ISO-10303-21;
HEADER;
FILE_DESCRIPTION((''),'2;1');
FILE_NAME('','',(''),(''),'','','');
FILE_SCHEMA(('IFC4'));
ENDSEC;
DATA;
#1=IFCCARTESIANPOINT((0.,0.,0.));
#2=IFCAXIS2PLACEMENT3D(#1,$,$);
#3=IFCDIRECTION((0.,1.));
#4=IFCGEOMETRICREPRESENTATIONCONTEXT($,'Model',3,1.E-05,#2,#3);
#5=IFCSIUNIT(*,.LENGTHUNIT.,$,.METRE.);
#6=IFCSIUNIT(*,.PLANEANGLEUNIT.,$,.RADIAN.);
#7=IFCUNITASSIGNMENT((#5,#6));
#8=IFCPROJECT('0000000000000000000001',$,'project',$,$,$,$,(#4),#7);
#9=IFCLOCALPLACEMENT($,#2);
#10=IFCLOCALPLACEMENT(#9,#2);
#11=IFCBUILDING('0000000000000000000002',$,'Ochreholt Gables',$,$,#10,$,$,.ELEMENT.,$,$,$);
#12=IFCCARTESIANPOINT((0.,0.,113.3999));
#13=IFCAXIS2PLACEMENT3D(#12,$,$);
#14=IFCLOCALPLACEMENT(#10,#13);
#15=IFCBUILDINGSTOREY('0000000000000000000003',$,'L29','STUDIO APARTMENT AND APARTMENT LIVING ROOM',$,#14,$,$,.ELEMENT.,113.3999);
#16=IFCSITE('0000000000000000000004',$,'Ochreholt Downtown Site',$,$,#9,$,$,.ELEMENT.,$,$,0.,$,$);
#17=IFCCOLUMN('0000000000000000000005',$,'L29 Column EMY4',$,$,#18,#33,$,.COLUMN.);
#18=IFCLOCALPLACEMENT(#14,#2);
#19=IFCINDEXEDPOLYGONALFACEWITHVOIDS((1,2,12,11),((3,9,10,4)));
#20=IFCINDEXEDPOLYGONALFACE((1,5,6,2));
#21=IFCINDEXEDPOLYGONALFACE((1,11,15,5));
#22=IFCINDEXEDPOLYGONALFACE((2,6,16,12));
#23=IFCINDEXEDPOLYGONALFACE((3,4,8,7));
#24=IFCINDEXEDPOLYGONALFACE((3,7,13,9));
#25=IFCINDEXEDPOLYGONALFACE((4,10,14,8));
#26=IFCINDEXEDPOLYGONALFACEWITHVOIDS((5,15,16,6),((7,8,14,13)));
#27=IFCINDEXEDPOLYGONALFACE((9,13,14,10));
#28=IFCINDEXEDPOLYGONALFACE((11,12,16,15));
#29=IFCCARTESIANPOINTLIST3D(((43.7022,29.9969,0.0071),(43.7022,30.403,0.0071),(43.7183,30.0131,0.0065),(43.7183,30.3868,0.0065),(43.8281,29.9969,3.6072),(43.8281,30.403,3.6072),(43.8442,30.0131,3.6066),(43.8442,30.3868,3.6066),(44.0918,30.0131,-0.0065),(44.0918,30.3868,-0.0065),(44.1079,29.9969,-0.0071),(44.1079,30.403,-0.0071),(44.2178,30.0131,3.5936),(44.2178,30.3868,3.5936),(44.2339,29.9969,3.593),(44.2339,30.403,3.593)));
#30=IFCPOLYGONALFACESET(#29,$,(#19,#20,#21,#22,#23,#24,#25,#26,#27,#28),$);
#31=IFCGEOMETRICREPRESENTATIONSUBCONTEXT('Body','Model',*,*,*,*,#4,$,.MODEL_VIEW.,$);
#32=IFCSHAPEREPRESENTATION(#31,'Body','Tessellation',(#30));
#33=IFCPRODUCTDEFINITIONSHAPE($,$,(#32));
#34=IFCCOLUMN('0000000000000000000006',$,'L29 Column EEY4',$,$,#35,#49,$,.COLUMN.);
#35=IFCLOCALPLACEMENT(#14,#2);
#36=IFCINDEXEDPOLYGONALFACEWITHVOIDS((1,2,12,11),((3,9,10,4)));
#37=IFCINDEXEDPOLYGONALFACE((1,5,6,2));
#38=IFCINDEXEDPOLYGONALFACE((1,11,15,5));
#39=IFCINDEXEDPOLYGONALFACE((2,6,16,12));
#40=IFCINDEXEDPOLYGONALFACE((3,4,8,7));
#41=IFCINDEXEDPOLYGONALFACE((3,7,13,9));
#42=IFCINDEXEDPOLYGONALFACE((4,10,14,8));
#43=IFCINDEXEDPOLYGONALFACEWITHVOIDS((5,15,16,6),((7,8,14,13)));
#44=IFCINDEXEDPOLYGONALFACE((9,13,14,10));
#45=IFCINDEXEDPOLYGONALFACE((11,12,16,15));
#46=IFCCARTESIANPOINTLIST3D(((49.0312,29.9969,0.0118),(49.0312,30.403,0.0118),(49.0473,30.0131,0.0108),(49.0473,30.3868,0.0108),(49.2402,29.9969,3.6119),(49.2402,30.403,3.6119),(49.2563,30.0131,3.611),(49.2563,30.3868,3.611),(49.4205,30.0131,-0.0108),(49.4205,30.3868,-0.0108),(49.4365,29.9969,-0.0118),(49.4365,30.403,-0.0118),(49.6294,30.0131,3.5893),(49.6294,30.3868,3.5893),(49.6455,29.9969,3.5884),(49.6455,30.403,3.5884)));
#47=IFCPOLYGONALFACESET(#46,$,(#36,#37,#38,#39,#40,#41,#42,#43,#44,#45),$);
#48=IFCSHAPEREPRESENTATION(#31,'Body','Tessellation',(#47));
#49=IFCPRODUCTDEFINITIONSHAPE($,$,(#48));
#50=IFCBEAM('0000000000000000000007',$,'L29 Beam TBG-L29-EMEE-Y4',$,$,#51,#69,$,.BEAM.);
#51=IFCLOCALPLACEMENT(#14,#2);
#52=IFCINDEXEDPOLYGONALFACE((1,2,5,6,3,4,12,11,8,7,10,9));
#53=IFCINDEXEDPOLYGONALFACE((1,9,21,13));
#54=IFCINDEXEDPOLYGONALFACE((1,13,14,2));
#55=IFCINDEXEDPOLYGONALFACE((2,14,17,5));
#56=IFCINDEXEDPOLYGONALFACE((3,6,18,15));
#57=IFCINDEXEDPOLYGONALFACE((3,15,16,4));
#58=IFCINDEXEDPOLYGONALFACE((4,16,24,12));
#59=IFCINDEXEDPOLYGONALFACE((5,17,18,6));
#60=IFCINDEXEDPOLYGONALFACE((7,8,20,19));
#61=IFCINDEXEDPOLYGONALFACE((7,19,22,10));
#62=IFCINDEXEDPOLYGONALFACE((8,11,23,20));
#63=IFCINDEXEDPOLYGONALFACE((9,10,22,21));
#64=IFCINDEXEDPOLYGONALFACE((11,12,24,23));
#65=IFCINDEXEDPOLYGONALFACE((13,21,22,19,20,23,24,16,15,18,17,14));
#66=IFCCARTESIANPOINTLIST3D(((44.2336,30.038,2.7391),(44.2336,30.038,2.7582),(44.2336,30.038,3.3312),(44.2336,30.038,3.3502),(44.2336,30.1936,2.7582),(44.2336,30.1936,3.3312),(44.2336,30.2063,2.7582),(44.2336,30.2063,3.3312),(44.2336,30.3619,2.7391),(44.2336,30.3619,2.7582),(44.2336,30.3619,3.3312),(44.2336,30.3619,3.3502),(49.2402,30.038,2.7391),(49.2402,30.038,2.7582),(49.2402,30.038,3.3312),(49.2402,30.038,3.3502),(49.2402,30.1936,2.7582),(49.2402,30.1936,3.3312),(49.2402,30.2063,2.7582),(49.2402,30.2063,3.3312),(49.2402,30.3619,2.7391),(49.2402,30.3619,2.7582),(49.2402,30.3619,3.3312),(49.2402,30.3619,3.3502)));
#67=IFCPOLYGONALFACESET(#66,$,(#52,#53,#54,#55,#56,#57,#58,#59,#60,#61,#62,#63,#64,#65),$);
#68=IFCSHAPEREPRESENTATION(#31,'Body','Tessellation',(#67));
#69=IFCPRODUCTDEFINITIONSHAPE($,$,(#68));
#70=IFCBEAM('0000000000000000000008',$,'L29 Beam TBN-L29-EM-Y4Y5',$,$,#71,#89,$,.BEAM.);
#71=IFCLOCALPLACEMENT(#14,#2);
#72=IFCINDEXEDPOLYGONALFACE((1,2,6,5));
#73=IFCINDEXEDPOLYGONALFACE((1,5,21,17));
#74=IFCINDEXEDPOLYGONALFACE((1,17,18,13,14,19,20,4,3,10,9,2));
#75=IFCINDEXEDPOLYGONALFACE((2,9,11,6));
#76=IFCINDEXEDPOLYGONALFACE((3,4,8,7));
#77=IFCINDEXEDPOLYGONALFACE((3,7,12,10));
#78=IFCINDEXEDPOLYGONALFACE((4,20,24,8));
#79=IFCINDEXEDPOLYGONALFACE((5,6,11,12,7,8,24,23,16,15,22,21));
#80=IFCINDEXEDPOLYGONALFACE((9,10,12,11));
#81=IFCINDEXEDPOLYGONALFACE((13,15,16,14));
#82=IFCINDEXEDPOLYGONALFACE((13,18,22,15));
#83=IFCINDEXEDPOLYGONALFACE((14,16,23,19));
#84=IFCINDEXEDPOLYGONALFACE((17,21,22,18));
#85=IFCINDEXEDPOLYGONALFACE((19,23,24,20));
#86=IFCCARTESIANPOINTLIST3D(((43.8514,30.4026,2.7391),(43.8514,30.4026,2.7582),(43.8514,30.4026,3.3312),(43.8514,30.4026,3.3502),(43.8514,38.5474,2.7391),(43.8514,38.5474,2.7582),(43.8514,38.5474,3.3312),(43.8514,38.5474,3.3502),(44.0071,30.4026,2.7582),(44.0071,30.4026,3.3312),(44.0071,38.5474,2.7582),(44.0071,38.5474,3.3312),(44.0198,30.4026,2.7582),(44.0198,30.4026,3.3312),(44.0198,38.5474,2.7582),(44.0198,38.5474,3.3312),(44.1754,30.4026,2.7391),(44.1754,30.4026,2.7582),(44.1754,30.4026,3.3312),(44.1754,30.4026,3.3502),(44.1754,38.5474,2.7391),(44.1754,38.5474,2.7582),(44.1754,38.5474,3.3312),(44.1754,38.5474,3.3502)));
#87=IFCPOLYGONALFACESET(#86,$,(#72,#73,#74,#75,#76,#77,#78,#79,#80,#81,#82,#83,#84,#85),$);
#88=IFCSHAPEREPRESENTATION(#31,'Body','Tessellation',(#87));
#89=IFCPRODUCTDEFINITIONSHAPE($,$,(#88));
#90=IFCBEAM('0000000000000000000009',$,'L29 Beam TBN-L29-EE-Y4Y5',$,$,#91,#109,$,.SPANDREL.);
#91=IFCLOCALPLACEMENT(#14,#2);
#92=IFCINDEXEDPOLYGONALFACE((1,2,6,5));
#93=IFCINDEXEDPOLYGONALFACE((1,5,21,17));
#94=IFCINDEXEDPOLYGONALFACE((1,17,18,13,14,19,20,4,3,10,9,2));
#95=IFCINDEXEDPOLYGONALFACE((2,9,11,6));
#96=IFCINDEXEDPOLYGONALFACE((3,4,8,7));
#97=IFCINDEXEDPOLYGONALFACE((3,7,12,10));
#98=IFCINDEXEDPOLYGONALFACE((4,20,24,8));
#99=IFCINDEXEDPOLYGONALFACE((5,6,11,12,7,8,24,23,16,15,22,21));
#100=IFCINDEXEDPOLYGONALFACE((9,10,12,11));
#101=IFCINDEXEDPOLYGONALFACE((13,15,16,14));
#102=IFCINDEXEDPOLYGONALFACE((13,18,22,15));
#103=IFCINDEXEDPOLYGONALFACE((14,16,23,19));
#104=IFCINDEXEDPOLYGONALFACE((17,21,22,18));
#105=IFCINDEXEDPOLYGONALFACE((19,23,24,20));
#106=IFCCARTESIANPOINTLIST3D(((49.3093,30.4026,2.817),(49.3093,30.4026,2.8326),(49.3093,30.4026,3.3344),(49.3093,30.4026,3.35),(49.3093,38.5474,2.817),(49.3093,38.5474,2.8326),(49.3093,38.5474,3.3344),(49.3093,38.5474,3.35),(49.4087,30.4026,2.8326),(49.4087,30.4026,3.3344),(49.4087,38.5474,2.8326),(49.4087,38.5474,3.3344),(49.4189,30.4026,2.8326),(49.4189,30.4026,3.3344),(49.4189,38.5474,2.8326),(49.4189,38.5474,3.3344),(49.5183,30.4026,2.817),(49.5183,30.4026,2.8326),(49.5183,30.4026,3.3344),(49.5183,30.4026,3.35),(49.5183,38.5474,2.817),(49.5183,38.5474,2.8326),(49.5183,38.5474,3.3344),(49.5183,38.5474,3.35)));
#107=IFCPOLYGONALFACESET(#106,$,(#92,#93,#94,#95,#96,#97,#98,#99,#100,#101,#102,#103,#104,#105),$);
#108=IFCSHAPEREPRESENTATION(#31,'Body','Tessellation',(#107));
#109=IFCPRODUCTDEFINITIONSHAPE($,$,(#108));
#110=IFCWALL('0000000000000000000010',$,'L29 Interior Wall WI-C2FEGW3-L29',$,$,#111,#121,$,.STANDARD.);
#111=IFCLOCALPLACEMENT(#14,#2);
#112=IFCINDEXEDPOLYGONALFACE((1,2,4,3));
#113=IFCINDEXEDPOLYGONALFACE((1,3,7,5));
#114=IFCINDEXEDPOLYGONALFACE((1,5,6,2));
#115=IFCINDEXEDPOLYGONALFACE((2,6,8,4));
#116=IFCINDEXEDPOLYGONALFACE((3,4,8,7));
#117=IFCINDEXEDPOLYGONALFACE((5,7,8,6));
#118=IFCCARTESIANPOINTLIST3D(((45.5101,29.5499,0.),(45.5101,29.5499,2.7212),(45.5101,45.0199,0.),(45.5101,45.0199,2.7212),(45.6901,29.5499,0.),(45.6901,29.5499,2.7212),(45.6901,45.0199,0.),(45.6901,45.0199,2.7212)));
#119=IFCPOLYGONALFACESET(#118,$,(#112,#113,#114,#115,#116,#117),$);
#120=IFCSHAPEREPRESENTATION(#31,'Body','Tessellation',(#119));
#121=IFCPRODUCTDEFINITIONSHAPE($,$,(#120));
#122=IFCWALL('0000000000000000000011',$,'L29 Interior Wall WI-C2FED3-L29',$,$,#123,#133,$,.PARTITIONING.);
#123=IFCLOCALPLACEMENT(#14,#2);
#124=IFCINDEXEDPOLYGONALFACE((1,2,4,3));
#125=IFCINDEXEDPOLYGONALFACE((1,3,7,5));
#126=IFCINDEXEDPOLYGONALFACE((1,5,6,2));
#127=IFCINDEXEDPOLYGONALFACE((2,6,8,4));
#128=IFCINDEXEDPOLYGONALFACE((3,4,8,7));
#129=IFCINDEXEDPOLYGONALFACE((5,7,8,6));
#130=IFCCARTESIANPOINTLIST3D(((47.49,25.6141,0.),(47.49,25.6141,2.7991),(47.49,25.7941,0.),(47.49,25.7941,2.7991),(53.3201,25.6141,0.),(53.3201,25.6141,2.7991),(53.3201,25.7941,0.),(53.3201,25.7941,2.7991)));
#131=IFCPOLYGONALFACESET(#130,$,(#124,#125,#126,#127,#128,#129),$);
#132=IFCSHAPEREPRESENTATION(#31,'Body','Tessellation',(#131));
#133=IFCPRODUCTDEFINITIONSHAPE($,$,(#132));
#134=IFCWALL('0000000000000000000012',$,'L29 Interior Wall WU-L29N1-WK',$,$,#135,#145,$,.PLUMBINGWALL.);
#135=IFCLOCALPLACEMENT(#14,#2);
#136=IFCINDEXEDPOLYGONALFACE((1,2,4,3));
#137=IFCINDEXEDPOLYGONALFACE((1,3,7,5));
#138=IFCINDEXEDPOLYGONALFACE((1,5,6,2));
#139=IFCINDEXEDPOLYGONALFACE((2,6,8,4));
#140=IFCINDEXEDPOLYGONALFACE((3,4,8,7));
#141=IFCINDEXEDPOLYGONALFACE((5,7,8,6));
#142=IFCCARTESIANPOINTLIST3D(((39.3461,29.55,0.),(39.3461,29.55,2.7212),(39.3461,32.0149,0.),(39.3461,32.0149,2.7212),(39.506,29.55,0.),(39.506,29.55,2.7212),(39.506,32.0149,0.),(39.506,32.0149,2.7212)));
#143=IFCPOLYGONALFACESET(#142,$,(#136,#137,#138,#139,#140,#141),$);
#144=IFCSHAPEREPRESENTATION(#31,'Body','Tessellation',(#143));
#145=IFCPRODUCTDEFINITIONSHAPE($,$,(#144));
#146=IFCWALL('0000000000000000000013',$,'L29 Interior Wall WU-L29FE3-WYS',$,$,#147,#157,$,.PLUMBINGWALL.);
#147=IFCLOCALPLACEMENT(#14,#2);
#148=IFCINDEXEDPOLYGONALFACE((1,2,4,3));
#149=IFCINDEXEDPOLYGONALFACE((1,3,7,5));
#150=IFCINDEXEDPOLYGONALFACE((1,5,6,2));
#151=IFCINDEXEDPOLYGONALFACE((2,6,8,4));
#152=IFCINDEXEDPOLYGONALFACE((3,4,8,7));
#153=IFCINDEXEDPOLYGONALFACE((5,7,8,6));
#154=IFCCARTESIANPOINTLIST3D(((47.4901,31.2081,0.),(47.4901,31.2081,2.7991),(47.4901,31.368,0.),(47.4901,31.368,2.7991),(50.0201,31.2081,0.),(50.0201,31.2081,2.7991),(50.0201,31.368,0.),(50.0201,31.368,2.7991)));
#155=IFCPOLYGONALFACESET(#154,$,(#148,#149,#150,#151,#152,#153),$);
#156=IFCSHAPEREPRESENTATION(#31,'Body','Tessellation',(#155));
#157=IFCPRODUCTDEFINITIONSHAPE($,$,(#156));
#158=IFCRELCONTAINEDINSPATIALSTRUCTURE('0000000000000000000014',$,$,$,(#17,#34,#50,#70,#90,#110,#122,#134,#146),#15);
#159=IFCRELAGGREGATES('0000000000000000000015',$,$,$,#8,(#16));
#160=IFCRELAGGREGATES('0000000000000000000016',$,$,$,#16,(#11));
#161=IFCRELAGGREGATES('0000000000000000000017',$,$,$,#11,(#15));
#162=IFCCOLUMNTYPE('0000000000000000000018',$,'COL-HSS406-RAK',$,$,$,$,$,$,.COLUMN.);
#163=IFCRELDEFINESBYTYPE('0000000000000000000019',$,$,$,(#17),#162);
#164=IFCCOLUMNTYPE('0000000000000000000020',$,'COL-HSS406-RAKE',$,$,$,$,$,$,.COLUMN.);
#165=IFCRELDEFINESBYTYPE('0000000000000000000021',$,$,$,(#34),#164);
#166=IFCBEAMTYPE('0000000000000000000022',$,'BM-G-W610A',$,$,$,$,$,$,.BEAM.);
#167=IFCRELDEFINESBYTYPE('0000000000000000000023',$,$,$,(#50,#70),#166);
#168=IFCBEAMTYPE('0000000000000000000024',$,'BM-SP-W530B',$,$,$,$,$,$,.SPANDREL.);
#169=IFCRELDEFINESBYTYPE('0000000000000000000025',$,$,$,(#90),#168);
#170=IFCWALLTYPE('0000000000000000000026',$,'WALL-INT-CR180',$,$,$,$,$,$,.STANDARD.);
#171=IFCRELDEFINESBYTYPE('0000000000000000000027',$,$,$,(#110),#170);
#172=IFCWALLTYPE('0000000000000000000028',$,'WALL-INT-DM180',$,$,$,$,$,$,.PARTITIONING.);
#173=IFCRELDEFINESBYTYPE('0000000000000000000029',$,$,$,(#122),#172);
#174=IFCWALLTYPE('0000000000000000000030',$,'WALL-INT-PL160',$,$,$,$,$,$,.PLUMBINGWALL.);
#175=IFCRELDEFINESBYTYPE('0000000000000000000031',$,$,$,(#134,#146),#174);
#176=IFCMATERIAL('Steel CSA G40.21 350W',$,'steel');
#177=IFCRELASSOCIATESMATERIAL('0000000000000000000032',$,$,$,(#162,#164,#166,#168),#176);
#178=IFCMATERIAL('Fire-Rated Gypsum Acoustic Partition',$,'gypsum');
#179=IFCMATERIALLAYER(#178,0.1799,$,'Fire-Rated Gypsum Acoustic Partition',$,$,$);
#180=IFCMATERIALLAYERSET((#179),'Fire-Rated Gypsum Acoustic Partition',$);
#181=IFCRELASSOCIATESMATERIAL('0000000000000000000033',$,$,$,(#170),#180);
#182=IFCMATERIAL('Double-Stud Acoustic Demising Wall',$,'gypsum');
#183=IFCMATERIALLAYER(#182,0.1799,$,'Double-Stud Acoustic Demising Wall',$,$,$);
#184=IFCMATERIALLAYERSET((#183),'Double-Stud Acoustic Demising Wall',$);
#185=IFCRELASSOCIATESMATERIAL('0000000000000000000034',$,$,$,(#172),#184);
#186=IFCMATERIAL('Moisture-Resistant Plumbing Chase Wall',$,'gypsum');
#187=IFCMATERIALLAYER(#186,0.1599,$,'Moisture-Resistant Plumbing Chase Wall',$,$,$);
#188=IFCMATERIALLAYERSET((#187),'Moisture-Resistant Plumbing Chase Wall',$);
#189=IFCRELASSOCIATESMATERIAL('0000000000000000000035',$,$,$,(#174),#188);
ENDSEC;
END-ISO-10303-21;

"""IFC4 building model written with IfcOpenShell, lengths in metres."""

from ifc_helpers import new_model, si_unit, direction, frame, frame_2d, origin, origin_2d, place, context, subcontext, project, spatial, rectangle, hollow_rectangle, i_section, extrude, material, layer, layer_set, material_profile, profile_set, type_object, element, save


model = new_model("IFC4")

# Units and contexts
model_context = context("Model", 3, precision=1e-05, world=origin(), true_north=direction((0.0, 1.0)))
body_context = subcontext(model_context, "Body", "Model", "MODEL_VIEW")
ifc_project = project(units=[si_unit("LENGTHUNIT", "METRE"), si_unit("PLANEANGLEUNIT", "RADIAN")], contexts=[model_context])

# Site, building, storey
site_placement = place(None, origin())
site = spatial("IfcSite", under=ifc_project, at=site_placement, Name="Ochreholt Downtown Site", CompositionType="ELEMENT", RefElevation=0.0)
building_placement = place(site_placement, origin())
building = spatial("IfcBuilding", under=site, at=building_placement, Name="Ochreholt Gables", CompositionType="ELEMENT")
storey_placement = place(building_placement, frame((0.0, 0.0, 113.3999)))
storey = spatial("IfcBuildingStorey", under=building, at=storey_placement, Name="L29", Description="STUDIO APARTMENT AND APARTMENT LIVING ROOM", CompositionType="ELEMENT", Elevation=113.3999)

# Columns
ifc_material_1 = material(Name="Steel CSA G40.21 350W", Category="steel")
ifc_material_profile_1 = material_profile(ifc_material_1, hollow_rectangle(XDim=0.406, YDim=0.406, WallThickness=0.0161, at=origin_2d()), Name="HSS406X406X16")
ifc_profile_set_1 = profile_set([ifc_material_profile_1], Name="Steel CSA G40.21 350W")
column_type_1 = type_object("IfcColumnType", Name="COL-HSS406-RAK", PredefinedType="COLUMN", material=ifc_profile_set_1)
column_1_placement = place(storey_placement, frame((43.905, 30.2, 0.0), z_axis=(0.034971, 0.0, 0.999388), x_axis=(0.0, 1.0, 0.0)))
element("IfcColumn", 1, at=column_1_placement, inside=storey, type_object=column_type_1, Name="L29 Column EMY4", PredefinedType="COLUMN", context=body_context, shape_type="SweptSolid", body=[
    extrude(hollow_rectangle(XDim=0.406, YDim=0.406, WallThickness=0.0161, at=origin_2d()), origin(), (0.0, 0.0, 1.0), 3.6023),
])
ifc_material_profile_2 = material_profile(ifc_material_1, hollow_rectangle(XDim=0.406, YDim=0.406, WallThickness=0.0161, at=origin_2d()), Name="HSS406X406X16")
ifc_profile_set_2 = profile_set([ifc_material_profile_2], Name="Steel CSA G40.21 350W")
column_type_2 = type_object("IfcColumnType", Name="COL-HSS406-RAKE", PredefinedType="COLUMN", material=ifc_profile_set_2)
column_2_placement = place(storey_placement, frame((49.2339, 30.2, 0.0), z_axis=(0.057952, 0.0, 0.998319), x_axis=(0.0, 1.0, 0.0)))
element("IfcColumn", 2, at=column_2_placement, inside=storey, type_object=column_type_2, Name="L29 Column EEY4", PredefinedType="COLUMN", context=body_context, shape_type="SweptSolid", body=[
    extrude(hollow_rectangle(XDim=0.406, YDim=0.406, WallThickness=0.0161, at=origin_2d()), origin(), (0.0, 0.0, 1.0), 3.6062),
])

# Beams
ifc_material_profile_3 = material_profile(ifc_material_1, i_section(OverallWidth=0.324, OverallDepth=0.6111, WebThickness=0.0127, FlangeThickness=0.019, at=origin_2d()), Name="W610X155")
ifc_profile_set_3 = profile_set([ifc_material_profile_3], Name="Steel CSA G40.21 350W")
beam_type_1 = type_object("IfcBeamType", Name="BM-G-W610A", PredefinedType="BEAM", material=ifc_profile_set_3)
beam_1_placement = place(storey_placement, frame((44.2336, 30.2, 3.0447), z_axis=(1.0, 0.0, 0.0), x_axis=(0.0, 1.0, 0.0)))
element("IfcBeam", 3, at=beam_1_placement, inside=storey, type_object=beam_type_1, Name="L29 Beam TBG-L29-EMEE-Y4", PredefinedType="BEAM", context=body_context, shape_type="SweptSolid", body=[
    extrude(i_section(OverallWidth=0.324, OverallDepth=0.6111, WebThickness=0.0127, FlangeThickness=0.019, at=origin_2d()), origin(), (0.0, 0.0, 1.0), 5.0066),
])
beam_2_placement = place(storey_placement, frame((44.0134, 30.4026, 3.0447), z_axis=(0.0, 1.0, 0.0), x_axis=(-1.0, 0.0, 0.0)))
element("IfcBeam", 4, at=beam_2_placement, inside=storey, type_object=beam_type_1, Name="L29 Beam TBN-L29-EM-Y4Y5", PredefinedType="BEAM", context=body_context, shape_type="SweptSolid", body=[
    extrude(i_section(OverallWidth=0.324, OverallDepth=0.6111, WebThickness=0.0127, FlangeThickness=0.019, at=origin_2d()), origin(), (0.0, 0.0, 1.0), 8.1448),
])
ifc_material_profile_4 = material_profile(ifc_material_1, i_section(OverallWidth=0.209, OverallDepth=0.533, WebThickness=0.0103, FlangeThickness=0.0156, at=origin_2d()), Name="W530X92")
ifc_profile_set_4 = profile_set([ifc_material_profile_4], Name="Steel CSA G40.21 350W")
beam_type_2 = type_object("IfcBeamType", Name="BM-SP-W530B", PredefinedType="SPANDREL", material=ifc_profile_set_4)
beam_3_placement = place(storey_placement, frame((49.4138, 30.4026, 3.0835), z_axis=(0.0, 1.0, 0.0), x_axis=(-1.0, 0.0, 0.0)))
element("IfcBeam", 5, at=beam_3_placement, inside=storey, type_object=beam_type_2, Name="L29 Beam TBN-L29-EE-Y4Y5", PredefinedType="SPANDREL", context=body_context, shape_type="SweptSolid", body=[
    extrude(i_section(OverallWidth=0.209, OverallDepth=0.533, WebThickness=0.0103, FlangeThickness=0.0156, at=origin_2d()), origin(), (0.0, 0.0, 1.0), 8.1448),
])

# Shared definitions
ifc_material_2 = material(Name="Fire-Rated Gypsum Acoustic Partition", Category="gypsum")
ifc_layer_1 = layer(ifc_material_2, 0.1799, Name="Fire-Rated Gypsum Acoustic Partition")
ifc_layer_set_1 = layer_set([ifc_layer_1], Name="Fire-Rated Gypsum Acoustic Partition")
wall_type_1 = type_object("IfcWallType", Name="WALL-INT-CR180", PredefinedType="STANDARD", material=ifc_layer_set_1)

# Walls
wall_1_placement = place(storey_placement, frame((45.6001, 29.55, 0.0), z_axis=(0.0, 0.0, 1.0), x_axis=(0.0, 1.0, 0.0)))
element("IfcWall", 6, at=wall_1_placement, inside=storey, type_object=wall_type_1, Name="L29 Interior Wall WI-C2FEGW3-L29", PredefinedType="STANDARD", context=body_context, shape_type="SweptSolid", body=[
    extrude(rectangle(XDim=15.47, YDim=0.1799, at=frame_2d((7.7349, 0.0))), origin(), (0.0, 0.0, 1.0), 2.7212),
])
ifc_material_3 = material(Name="Double-Stud Acoustic Demising Wall", Category="gypsum")
ifc_layer_2 = layer(ifc_material_3, 0.1799, Name="Double-Stud Acoustic Demising Wall")
ifc_layer_set_2 = layer_set([ifc_layer_2], Name="Double-Stud Acoustic Demising Wall")
wall_type_2 = type_object("IfcWallType", Name="WALL-INT-DM180", PredefinedType="PARTITIONING", material=ifc_layer_set_2)
wall_2_placement = place(storey_placement, frame((47.49, 25.7041, 0.0), z_axis=(0.0, 0.0, 1.0), x_axis=(1.0, 0.0, 0.0)))
element("IfcWall", 7, at=wall_2_placement, inside=storey, type_object=wall_type_2, Name="L29 Interior Wall WI-C2FED3-L29", PredefinedType="PARTITIONING", context=body_context, shape_type="SweptSolid", body=[
    extrude(rectangle(XDim=5.8301, YDim=0.1799, at=frame_2d((2.915, 0.0))), origin(), (0.0, 0.0, 1.0), 2.7991),
])
ifc_material_4 = material(Name="Moisture-Resistant Plumbing Chase Wall", Category="gypsum")
ifc_layer_3 = layer(ifc_material_4, 0.1599, Name="Moisture-Resistant Plumbing Chase Wall")
ifc_layer_set_3 = layer_set([ifc_layer_3], Name="Moisture-Resistant Plumbing Chase Wall")
wall_type_3 = type_object("IfcWallType", Name="WALL-INT-PL160", PredefinedType="PLUMBINGWALL", material=ifc_layer_set_3)
wall_3_placement = place(storey_placement, frame((39.426, 29.55, 0.0), z_axis=(0.0, 0.0, 1.0), x_axis=(0.0, 1.0, 0.0)))
element("IfcWall", 8, at=wall_3_placement, inside=storey, type_object=wall_type_3, Name="L29 Interior Wall WU-L29N1-WK", PredefinedType="PLUMBINGWALL", context=body_context, shape_type="SweptSolid", body=[
    extrude(rectangle(XDim=2.4648, YDim=0.1599, at=frame_2d((1.2324, 0.0))), origin(), (0.0, 0.0, 1.0), 2.7212),
])
wall_4_placement = place(storey_placement, frame((47.49, 31.2881, 0.0), z_axis=(0.0, 0.0, 1.0), x_axis=(1.0, 0.0, 0.0)))
element("IfcWall", 9, at=wall_4_placement, inside=storey, type_object=wall_type_3, Name="L29 Interior Wall WU-L29FE3-WYS", PredefinedType="PLUMBINGWALL", context=body_context, shape_type="SweptSolid", body=[
    extrude(rectangle(XDim=2.53, YDim=0.1599, at=frame_2d((1.2651, 0.0))), origin(), (0.0, 0.0, 1.0), 2.7991),
])

save(model, "model.ifc")
